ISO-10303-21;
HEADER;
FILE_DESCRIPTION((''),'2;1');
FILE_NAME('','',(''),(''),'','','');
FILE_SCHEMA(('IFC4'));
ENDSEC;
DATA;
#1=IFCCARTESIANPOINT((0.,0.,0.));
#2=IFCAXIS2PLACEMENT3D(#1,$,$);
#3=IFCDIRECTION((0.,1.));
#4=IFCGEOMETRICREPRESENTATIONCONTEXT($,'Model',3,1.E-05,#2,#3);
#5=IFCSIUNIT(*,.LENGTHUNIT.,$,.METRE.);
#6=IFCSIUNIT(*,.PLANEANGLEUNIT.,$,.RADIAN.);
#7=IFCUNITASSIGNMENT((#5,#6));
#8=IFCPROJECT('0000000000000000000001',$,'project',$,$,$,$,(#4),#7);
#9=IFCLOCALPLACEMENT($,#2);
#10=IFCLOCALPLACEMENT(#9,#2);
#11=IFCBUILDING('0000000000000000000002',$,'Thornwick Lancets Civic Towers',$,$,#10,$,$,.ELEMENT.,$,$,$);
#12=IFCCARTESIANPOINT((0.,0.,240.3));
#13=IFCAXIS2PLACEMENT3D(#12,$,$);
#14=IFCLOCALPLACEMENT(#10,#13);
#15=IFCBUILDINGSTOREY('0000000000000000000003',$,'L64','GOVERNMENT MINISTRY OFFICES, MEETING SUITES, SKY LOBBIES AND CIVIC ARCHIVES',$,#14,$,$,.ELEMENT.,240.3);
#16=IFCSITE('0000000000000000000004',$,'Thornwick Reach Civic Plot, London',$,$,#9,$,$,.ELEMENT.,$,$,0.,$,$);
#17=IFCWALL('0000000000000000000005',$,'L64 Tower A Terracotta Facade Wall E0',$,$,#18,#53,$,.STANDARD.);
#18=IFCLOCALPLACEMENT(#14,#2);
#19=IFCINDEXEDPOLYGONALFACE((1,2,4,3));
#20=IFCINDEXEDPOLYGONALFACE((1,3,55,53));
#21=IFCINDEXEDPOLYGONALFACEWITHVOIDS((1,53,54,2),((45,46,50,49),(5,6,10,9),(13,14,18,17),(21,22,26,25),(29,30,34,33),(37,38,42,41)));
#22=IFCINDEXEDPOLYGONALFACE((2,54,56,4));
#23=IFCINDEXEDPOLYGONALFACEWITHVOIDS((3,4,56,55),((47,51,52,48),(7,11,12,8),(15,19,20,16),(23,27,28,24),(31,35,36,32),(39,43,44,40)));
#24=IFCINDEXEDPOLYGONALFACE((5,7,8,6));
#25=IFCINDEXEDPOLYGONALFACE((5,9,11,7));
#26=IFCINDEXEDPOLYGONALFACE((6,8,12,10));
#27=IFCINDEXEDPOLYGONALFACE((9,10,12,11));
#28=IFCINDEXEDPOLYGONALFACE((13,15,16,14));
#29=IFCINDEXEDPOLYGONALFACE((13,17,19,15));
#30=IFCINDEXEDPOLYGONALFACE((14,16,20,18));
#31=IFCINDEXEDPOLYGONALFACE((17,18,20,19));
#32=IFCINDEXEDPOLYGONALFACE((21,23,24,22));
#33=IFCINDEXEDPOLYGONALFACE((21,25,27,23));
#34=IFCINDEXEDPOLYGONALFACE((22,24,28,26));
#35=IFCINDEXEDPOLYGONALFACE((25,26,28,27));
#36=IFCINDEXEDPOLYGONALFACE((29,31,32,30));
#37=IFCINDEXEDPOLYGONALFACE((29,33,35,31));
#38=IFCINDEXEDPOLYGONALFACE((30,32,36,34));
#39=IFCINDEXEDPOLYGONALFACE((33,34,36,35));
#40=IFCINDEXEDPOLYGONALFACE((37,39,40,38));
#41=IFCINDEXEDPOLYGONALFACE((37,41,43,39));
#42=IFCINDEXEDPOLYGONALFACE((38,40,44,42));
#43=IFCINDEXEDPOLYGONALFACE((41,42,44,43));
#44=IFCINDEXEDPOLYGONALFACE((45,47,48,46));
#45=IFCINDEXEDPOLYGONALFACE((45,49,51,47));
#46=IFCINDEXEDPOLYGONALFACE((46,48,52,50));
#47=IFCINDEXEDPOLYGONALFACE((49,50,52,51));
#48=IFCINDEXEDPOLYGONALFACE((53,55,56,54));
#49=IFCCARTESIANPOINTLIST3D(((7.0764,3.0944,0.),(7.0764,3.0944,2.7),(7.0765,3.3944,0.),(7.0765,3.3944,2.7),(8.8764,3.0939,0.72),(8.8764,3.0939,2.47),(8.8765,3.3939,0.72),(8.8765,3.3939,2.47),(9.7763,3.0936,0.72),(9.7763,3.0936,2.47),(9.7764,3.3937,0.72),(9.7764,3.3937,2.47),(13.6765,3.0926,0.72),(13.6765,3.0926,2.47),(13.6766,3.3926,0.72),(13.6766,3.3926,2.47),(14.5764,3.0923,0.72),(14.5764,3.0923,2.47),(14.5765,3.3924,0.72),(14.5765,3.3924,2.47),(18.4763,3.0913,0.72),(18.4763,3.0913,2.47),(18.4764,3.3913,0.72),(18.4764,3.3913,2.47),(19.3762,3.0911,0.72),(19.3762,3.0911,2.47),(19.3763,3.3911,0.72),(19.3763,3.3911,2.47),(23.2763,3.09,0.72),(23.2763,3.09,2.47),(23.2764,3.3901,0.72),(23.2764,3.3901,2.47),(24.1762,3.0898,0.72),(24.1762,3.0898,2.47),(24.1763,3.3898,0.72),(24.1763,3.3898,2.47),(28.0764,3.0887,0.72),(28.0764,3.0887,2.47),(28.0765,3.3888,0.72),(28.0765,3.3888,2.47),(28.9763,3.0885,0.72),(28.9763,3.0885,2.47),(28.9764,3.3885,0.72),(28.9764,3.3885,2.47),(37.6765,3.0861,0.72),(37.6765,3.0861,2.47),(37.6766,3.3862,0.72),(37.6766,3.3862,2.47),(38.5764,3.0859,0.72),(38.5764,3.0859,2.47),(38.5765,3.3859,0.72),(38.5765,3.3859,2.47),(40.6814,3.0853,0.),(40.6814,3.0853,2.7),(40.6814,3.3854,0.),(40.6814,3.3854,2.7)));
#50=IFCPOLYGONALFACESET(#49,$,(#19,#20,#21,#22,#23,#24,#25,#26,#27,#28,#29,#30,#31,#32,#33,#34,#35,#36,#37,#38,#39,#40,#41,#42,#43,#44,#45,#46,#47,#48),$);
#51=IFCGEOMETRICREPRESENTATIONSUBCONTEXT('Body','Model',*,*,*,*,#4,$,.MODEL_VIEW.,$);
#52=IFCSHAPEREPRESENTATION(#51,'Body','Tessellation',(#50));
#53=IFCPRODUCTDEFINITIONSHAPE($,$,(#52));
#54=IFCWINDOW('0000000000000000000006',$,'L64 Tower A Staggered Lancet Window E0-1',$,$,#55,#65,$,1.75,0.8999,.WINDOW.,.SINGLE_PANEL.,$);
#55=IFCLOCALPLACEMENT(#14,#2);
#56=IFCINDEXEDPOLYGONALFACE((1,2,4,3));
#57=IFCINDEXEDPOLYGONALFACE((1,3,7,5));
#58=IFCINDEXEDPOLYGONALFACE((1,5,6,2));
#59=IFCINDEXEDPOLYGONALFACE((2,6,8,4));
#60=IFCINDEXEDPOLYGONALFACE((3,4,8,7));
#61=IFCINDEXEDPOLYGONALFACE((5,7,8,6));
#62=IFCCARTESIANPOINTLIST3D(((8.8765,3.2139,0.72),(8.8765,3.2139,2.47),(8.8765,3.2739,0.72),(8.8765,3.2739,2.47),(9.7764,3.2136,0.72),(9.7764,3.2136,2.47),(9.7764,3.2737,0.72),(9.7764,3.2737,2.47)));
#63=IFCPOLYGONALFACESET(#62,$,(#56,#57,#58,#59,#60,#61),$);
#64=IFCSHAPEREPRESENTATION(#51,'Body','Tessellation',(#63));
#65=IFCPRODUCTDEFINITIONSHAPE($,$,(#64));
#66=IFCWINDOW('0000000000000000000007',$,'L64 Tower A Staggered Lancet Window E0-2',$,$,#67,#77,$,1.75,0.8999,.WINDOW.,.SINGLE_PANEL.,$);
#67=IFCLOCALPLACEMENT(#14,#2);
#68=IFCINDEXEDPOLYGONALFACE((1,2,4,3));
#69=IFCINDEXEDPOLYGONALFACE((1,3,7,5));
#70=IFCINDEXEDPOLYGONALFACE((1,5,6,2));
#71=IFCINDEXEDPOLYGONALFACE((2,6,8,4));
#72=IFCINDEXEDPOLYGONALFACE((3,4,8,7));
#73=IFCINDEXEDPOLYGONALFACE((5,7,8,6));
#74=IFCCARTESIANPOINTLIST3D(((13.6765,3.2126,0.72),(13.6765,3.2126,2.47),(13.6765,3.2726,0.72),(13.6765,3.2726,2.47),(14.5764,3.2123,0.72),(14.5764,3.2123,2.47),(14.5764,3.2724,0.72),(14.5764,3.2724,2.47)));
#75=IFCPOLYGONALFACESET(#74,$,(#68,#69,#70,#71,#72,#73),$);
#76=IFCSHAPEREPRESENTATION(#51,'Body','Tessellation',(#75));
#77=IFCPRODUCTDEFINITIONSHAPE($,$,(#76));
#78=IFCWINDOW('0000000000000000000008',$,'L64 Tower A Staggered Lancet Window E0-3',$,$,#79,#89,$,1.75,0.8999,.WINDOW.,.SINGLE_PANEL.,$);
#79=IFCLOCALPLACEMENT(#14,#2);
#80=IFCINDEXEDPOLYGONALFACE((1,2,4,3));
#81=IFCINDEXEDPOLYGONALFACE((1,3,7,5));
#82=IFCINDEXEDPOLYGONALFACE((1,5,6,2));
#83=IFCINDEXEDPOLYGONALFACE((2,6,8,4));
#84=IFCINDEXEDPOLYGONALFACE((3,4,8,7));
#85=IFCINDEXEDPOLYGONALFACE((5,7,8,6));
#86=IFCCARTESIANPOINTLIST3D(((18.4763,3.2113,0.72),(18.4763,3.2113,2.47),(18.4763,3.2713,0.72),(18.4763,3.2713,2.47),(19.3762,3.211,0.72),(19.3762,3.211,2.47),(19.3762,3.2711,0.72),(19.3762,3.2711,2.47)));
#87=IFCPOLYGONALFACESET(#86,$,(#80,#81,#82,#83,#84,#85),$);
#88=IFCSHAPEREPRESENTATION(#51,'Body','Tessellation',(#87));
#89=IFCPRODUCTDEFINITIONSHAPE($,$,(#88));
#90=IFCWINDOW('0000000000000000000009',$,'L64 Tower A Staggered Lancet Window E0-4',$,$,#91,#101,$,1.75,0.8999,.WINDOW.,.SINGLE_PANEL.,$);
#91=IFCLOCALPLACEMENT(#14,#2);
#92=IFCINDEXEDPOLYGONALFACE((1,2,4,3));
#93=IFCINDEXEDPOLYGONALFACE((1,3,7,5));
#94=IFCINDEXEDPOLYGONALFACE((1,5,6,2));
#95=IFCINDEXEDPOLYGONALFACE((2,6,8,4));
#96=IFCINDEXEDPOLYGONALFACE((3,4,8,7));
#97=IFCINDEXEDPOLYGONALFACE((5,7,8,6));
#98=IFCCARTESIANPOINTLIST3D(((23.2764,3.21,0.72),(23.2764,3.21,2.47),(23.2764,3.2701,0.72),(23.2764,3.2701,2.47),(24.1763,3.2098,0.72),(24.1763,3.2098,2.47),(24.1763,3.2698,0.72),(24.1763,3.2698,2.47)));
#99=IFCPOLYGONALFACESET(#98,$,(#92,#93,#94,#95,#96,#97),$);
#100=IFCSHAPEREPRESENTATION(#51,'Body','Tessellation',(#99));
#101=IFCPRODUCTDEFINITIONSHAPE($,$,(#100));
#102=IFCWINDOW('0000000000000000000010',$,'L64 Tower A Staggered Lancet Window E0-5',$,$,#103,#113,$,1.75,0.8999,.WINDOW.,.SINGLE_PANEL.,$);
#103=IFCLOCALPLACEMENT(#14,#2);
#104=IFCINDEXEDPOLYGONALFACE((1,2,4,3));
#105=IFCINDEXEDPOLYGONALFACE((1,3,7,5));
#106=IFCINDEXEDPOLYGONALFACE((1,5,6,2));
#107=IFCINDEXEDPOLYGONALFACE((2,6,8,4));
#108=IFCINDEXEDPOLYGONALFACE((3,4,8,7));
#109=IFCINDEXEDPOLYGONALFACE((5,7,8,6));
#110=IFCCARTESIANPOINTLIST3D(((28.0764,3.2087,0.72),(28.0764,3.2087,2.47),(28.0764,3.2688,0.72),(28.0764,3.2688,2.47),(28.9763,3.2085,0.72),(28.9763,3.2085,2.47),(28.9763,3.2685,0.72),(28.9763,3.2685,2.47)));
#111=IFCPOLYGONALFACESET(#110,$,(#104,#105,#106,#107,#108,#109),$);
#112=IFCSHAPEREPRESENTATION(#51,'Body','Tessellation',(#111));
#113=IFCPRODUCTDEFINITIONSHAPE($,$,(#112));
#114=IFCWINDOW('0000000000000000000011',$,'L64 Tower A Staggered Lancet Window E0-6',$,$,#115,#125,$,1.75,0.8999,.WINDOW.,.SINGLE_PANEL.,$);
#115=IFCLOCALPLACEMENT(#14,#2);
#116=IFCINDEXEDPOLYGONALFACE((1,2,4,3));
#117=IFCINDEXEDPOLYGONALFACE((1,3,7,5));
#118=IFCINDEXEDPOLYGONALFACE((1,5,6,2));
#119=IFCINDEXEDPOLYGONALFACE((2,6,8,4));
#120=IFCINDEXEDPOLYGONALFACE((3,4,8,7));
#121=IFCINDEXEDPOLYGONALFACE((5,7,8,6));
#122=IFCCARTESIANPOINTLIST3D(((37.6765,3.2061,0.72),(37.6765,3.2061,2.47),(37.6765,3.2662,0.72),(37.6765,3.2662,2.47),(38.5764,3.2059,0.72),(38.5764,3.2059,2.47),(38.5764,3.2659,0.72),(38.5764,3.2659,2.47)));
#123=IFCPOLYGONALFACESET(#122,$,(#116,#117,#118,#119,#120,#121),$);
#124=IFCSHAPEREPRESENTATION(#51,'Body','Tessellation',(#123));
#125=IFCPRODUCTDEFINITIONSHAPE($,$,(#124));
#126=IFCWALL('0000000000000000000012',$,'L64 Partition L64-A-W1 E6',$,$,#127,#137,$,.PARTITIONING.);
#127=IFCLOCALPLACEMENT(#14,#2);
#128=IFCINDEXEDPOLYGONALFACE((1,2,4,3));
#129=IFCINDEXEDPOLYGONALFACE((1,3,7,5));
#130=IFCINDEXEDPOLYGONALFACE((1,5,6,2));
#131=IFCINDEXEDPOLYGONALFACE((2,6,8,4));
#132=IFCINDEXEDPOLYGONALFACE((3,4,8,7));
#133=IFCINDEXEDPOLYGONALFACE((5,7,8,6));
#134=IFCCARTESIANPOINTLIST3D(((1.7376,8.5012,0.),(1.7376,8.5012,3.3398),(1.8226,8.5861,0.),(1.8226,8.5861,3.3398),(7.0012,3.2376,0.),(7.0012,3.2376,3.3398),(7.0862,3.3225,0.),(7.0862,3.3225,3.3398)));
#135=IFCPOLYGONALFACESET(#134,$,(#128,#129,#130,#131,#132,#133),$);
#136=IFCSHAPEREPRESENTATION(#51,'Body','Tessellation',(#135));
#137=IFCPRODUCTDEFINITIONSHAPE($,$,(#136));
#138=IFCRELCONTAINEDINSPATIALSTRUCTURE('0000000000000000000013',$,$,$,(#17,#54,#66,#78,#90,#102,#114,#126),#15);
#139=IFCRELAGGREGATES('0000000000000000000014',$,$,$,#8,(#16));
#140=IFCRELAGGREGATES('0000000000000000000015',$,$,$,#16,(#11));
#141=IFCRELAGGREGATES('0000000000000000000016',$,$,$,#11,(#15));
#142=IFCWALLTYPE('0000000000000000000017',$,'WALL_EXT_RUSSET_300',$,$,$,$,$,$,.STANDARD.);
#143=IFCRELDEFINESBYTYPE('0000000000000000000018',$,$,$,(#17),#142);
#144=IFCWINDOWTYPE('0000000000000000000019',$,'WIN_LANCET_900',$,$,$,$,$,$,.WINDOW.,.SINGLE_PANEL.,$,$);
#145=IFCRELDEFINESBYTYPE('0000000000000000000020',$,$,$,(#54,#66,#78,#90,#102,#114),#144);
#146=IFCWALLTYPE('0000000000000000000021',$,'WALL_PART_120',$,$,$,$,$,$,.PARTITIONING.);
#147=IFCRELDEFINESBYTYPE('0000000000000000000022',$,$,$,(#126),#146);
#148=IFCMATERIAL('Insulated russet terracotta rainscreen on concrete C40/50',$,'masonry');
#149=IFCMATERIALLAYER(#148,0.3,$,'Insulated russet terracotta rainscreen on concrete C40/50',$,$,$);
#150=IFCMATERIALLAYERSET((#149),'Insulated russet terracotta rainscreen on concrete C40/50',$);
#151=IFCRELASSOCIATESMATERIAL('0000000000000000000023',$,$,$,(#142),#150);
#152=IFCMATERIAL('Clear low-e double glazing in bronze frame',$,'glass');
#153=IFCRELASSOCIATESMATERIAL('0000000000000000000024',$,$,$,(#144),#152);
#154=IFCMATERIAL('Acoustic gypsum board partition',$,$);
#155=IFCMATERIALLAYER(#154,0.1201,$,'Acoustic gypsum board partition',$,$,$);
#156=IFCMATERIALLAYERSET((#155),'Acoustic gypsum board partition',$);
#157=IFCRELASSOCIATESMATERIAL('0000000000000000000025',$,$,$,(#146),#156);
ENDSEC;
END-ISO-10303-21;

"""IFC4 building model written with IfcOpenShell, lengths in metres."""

from ifc_helpers import new_model, si_unit, direction, frame, frame_2d, origin, place, context, subcontext, project, spatial, rectangle, extrude, material, layer, layer_set, type_object, element, fill, save


model = new_model("IFC4")

# Units and contexts
model_context = context("Model", 3, precision=1e-05, world=origin(), true_north=direction((0.0, 1.0)))
body_context = subcontext(model_context, "Body", "Model", "MODEL_VIEW")
ifc_project = project(units=[si_unit("LENGTHUNIT", "METRE"), si_unit("PLANEANGLEUNIT", "RADIAN")], contexts=[model_context])

# Site, building, storey
site_placement = place(None, origin())
site = spatial("IfcSite", under=ifc_project, at=site_placement, Name="Thornwick Reach Civic Plot, London", CompositionType="ELEMENT", RefElevation=0.0)
building_placement = place(site_placement, origin())
building = spatial("IfcBuilding", under=site, at=building_placement, Name="Thornwick Lancets Civic Towers", CompositionType="ELEMENT")
storey_placement = place(building_placement, frame((0.0, 0.0, 240.3)))
storey = spatial("IfcBuildingStorey", under=building, at=storey_placement, Name="L64", Description="GOVERNMENT MINISTRY OFFICES, MEETING SUITES, SKY LOBBIES AND CIVIC ARCHIVES", CompositionType="ELEMENT", Elevation=240.3)

# Wall, openings, windows
ifc_material_1 = material(Name="Insulated russet terracotta rainscreen on concrete C40/50", Category="masonry")
ifc_layer_1 = layer(ifc_material_1, 0.3, Name="Insulated russet terracotta rainscreen on concrete C40/50")
ifc_layer_set_1 = layer_set([ifc_layer_1], Name="Insulated russet terracotta rainscreen on concrete C40/50")
wall_type_1 = type_object("IfcWallType", Name="WALL_EXT_RUSSET_300", PredefinedType="STANDARD", material=ifc_layer_set_1)
wall_1_placement = place(storey_placement, frame((7.0764, 3.2444, 0.0), z_axis=(0.0, 0.0, 1.0), x_axis=(1.0, -0.000269, 0.0)))
wall_1 = element("IfcWall", 1, at=wall_1_placement, inside=storey, type_object=wall_type_1, Name="L64 Tower A Terracotta Facade Wall E0", PredefinedType="STANDARD", context=body_context, shape_type="SweptSolid", body=[
    extrude(rectangle(XDim=33.605, YDim=0.3, at=frame_2d((16.8025, 0.0))), origin(), (0.0, 0.0, 1.0), 2.7),
])
opening_1_placement = place(wall_1_placement, frame((1.8, 0.0, 0.72)))
opening_1 = element("IfcOpeningElement", 2, at=opening_1_placement, cuts=wall_1, PredefinedType="OPENING", context=body_context, shape_type="SweptSolid", body=[
    extrude(rectangle(XDim=0.8999, YDim=1.75, at=frame_2d((0.45, 0.875))), frame((0.0, 0.1602, 0.0), z_axis=(0.0, -1.0, 0.0), x_axis=(1.0, 0.0, 0.0)), (0.0, 0.0, 1.0), 0.3201),
])
opening_2_placement = place(wall_1_placement, frame((6.6001, 0.0, 0.72)))
opening_2 = element("IfcOpeningElement", 3, at=opening_2_placement, cuts=wall_1, PredefinedType="OPENING", context=body_context, shape_type="SweptSolid", body=[
    extrude(rectangle(XDim=0.8999, YDim=1.75, at=frame_2d((0.45, 0.875))), frame((0.0, 0.1602, 0.0), z_axis=(0.0, -1.0, 0.0), x_axis=(1.0, 0.0, 0.0)), (0.0, 0.0, 1.0), 0.3201),
])
opening_3_placement = place(wall_1_placement, frame((11.3999, 0.0, 0.72)))
opening_3 = element("IfcOpeningElement", 4, at=opening_3_placement, cuts=wall_1, PredefinedType="OPENING", context=body_context, shape_type="SweptSolid", body=[
    extrude(rectangle(XDim=0.8999, YDim=1.75, at=frame_2d((0.45, 0.875))), frame((0.0, 0.1602, 0.0), z_axis=(0.0, -1.0, 0.0), x_axis=(1.0, 0.0, 0.0)), (0.0, 0.0, 1.0), 0.3201),
])
opening_4_placement = place(wall_1_placement, frame((16.2, 0.0, 0.72)))
opening_4 = element("IfcOpeningElement", 5, at=opening_4_placement, cuts=wall_1, PredefinedType="OPENING", context=body_context, shape_type="SweptSolid", body=[
    extrude(rectangle(XDim=0.8999, YDim=1.75, at=frame_2d((0.45, 0.875))), frame((0.0, 0.1602, 0.0), z_axis=(0.0, -1.0, 0.0), x_axis=(1.0, 0.0, 0.0)), (0.0, 0.0, 1.0), 0.3201),
])
opening_5_placement = place(wall_1_placement, frame((21.0, 0.0, 0.72)))
opening_5 = element("IfcOpeningElement", 6, at=opening_5_placement, cuts=wall_1, PredefinedType="OPENING", context=body_context, shape_type="SweptSolid", body=[
    extrude(rectangle(XDim=0.8999, YDim=1.75, at=frame_2d((0.45, 0.875))), frame((0.0, 0.1602, 0.0), z_axis=(0.0, -1.0, 0.0), x_axis=(1.0, 0.0, 0.0)), (0.0, 0.0, 1.0), 0.3201),
])
opening_6_placement = place(wall_1_placement, frame((30.6001, 0.0, 0.72)))
opening_6 = element("IfcOpeningElement", 7, at=opening_6_placement, cuts=wall_1, PredefinedType="OPENING", context=body_context, shape_type="SweptSolid", body=[
    extrude(rectangle(XDim=0.8999, YDim=1.75, at=frame_2d((0.45, 0.875))), frame((0.0, 0.1602, 0.0), z_axis=(0.0, -1.0, 0.0), x_axis=(1.0, 0.0, 0.0)), (0.0, 0.0, 1.0), 0.3201),
])
ifc_material_2 = material(Name="Clear low-e double glazing in bronze frame", Category="glass")
window_type = type_object("IfcWindowType", Name="WIN_LANCET_900", PartitioningType="SINGLE_PANEL", PredefinedType="WINDOW", material=ifc_material_2)
window_1_placement = place(opening_1_placement, origin())
window_1 = element("IfcWindow", 8, at=window_1_placement, inside=storey, type_object=window_type, Name="L64 Tower A Staggered Lancet Window E0-1", OverallHeight=1.75, OverallWidth=0.8999, PartitioningType="SINGLE_PANEL", PredefinedType="WINDOW", context=body_context, shape_type="SweptSolid", body=[
    extrude(rectangle(XDim=0.8999, YDim=1.75, at=frame_2d((0.45, 0.875))), frame((0.0, 0.03, 0.0), z_axis=(0.0, -1.0, 0.0), x_axis=(1.0, 0.0, 0.0)), (0.0, 0.0, 1.0), 0.0601),
])
fill(opening_1, window_1)
window_2_placement = place(opening_2_placement, origin())
window_2 = element("IfcWindow", 9, at=window_2_placement, inside=storey, type_object=window_type, Name="L64 Tower A Staggered Lancet Window E0-2", OverallHeight=1.75, OverallWidth=0.8999, PartitioningType="SINGLE_PANEL", PredefinedType="WINDOW", context=body_context, shape_type="SweptSolid", body=[
    extrude(rectangle(XDim=0.8999, YDim=1.75, at=frame_2d((0.45, 0.875))), frame((0.0, 0.03, 0.0), z_axis=(0.0, -1.0, 0.0), x_axis=(1.0, 0.0, 0.0)), (0.0, 0.0, 1.0), 0.0601),
])
fill(opening_2, window_2)
window_3_placement = place(opening_3_placement, origin())
window_3 = element("IfcWindow", 10, at=window_3_placement, inside=storey, type_object=window_type, Name="L64 Tower A Staggered Lancet Window E0-3", OverallHeight=1.75, OverallWidth=0.8999, PartitioningType="SINGLE_PANEL", PredefinedType="WINDOW", context=body_context, shape_type="SweptSolid", body=[
    extrude(rectangle(XDim=0.8999, YDim=1.75, at=frame_2d((0.45, 0.875))), frame((0.0, 0.03, 0.0), z_axis=(0.0, -1.0, 0.0), x_axis=(1.0, 0.0, 0.0)), (0.0, 0.0, 1.0), 0.0601),
])
fill(opening_3, window_3)
window_4_placement = place(opening_4_placement, origin())
window_4 = element("IfcWindow", 11, at=window_4_placement, inside=storey, type_object=window_type, Name="L64 Tower A Staggered Lancet Window E0-4", OverallHeight=1.75, OverallWidth=0.8999, PartitioningType="SINGLE_PANEL", PredefinedType="WINDOW", context=body_context, shape_type="SweptSolid", body=[
    extrude(rectangle(XDim=0.8999, YDim=1.75, at=frame_2d((0.45, 0.875))), frame((0.0, 0.03, 0.0), z_axis=(0.0, -1.0, 0.0), x_axis=(1.0, 0.0, 0.0)), (0.0, 0.0, 1.0), 0.0601),
])
fill(opening_4, window_4)
window_5_placement = place(opening_5_placement, origin())
window_5 = element("IfcWindow", 12, at=window_5_placement, inside=storey, type_object=window_type, Name="L64 Tower A Staggered Lancet Window E0-5", OverallHeight=1.75, OverallWidth=0.8999, PartitioningType="SINGLE_PANEL", PredefinedType="WINDOW", context=body_context, shape_type="SweptSolid", body=[
    extrude(rectangle(XDim=0.8999, YDim=1.75, at=frame_2d((0.45, 0.875))), frame((0.0, 0.03, 0.0), z_axis=(0.0, -1.0, 0.0), x_axis=(1.0, 0.0, 0.0)), (0.0, 0.0, 1.0), 0.0601),
])
fill(opening_5, window_5)
window_6_placement = place(opening_6_placement, origin())
window_6 = element("IfcWindow", 13, at=window_6_placement, inside=storey, type_object=window_type, Name="L64 Tower A Staggered Lancet Window E0-6", OverallHeight=1.75, OverallWidth=0.8999, PartitioningType="SINGLE_PANEL", PredefinedType="WINDOW", context=body_context, shape_type="SweptSolid", body=[
    extrude(rectangle(XDim=0.8999, YDim=1.75, at=frame_2d((0.45, 0.875))), frame((0.0, 0.03, 0.0), z_axis=(0.0, -1.0, 0.0), x_axis=(1.0, 0.0, 0.0)), (0.0, 0.0, 1.0), 0.0601),
])
fill(opening_6, window_6)

# Wall
ifc_material_3 = material(Name="Acoustic gypsum board partition")
ifc_layer_2 = layer(ifc_material_3, 0.1201, Name="Acoustic gypsum board partition")
ifc_layer_set_2 = layer_set([ifc_layer_2], Name="Acoustic gypsum board partition")
wall_type_2 = type_object("IfcWallType", Name="WALL_PART_120", PredefinedType="PARTITIONING", material=ifc_layer_set_2)
wall_2_placement = place(storey_placement, frame((7.0437, 3.28, 0.0), z_axis=(0.0, 0.0, 1.0), x_axis=(-0.707107, 0.707107, 0.0)))
element("IfcWall", 14, at=wall_2_placement, inside=storey, type_object=wall_type_2, Name="L64 Partition L64-A-W1 E6", PredefinedType="PARTITIONING", context=body_context, shape_type="SweptSolid", body=[
    extrude(rectangle(XDim=7.4438, YDim=0.1201, at=frame_2d((3.7219, 0.0))), origin(), (0.0, 0.0, 1.0), 3.3398),
])

save(model, "model.ifc")
